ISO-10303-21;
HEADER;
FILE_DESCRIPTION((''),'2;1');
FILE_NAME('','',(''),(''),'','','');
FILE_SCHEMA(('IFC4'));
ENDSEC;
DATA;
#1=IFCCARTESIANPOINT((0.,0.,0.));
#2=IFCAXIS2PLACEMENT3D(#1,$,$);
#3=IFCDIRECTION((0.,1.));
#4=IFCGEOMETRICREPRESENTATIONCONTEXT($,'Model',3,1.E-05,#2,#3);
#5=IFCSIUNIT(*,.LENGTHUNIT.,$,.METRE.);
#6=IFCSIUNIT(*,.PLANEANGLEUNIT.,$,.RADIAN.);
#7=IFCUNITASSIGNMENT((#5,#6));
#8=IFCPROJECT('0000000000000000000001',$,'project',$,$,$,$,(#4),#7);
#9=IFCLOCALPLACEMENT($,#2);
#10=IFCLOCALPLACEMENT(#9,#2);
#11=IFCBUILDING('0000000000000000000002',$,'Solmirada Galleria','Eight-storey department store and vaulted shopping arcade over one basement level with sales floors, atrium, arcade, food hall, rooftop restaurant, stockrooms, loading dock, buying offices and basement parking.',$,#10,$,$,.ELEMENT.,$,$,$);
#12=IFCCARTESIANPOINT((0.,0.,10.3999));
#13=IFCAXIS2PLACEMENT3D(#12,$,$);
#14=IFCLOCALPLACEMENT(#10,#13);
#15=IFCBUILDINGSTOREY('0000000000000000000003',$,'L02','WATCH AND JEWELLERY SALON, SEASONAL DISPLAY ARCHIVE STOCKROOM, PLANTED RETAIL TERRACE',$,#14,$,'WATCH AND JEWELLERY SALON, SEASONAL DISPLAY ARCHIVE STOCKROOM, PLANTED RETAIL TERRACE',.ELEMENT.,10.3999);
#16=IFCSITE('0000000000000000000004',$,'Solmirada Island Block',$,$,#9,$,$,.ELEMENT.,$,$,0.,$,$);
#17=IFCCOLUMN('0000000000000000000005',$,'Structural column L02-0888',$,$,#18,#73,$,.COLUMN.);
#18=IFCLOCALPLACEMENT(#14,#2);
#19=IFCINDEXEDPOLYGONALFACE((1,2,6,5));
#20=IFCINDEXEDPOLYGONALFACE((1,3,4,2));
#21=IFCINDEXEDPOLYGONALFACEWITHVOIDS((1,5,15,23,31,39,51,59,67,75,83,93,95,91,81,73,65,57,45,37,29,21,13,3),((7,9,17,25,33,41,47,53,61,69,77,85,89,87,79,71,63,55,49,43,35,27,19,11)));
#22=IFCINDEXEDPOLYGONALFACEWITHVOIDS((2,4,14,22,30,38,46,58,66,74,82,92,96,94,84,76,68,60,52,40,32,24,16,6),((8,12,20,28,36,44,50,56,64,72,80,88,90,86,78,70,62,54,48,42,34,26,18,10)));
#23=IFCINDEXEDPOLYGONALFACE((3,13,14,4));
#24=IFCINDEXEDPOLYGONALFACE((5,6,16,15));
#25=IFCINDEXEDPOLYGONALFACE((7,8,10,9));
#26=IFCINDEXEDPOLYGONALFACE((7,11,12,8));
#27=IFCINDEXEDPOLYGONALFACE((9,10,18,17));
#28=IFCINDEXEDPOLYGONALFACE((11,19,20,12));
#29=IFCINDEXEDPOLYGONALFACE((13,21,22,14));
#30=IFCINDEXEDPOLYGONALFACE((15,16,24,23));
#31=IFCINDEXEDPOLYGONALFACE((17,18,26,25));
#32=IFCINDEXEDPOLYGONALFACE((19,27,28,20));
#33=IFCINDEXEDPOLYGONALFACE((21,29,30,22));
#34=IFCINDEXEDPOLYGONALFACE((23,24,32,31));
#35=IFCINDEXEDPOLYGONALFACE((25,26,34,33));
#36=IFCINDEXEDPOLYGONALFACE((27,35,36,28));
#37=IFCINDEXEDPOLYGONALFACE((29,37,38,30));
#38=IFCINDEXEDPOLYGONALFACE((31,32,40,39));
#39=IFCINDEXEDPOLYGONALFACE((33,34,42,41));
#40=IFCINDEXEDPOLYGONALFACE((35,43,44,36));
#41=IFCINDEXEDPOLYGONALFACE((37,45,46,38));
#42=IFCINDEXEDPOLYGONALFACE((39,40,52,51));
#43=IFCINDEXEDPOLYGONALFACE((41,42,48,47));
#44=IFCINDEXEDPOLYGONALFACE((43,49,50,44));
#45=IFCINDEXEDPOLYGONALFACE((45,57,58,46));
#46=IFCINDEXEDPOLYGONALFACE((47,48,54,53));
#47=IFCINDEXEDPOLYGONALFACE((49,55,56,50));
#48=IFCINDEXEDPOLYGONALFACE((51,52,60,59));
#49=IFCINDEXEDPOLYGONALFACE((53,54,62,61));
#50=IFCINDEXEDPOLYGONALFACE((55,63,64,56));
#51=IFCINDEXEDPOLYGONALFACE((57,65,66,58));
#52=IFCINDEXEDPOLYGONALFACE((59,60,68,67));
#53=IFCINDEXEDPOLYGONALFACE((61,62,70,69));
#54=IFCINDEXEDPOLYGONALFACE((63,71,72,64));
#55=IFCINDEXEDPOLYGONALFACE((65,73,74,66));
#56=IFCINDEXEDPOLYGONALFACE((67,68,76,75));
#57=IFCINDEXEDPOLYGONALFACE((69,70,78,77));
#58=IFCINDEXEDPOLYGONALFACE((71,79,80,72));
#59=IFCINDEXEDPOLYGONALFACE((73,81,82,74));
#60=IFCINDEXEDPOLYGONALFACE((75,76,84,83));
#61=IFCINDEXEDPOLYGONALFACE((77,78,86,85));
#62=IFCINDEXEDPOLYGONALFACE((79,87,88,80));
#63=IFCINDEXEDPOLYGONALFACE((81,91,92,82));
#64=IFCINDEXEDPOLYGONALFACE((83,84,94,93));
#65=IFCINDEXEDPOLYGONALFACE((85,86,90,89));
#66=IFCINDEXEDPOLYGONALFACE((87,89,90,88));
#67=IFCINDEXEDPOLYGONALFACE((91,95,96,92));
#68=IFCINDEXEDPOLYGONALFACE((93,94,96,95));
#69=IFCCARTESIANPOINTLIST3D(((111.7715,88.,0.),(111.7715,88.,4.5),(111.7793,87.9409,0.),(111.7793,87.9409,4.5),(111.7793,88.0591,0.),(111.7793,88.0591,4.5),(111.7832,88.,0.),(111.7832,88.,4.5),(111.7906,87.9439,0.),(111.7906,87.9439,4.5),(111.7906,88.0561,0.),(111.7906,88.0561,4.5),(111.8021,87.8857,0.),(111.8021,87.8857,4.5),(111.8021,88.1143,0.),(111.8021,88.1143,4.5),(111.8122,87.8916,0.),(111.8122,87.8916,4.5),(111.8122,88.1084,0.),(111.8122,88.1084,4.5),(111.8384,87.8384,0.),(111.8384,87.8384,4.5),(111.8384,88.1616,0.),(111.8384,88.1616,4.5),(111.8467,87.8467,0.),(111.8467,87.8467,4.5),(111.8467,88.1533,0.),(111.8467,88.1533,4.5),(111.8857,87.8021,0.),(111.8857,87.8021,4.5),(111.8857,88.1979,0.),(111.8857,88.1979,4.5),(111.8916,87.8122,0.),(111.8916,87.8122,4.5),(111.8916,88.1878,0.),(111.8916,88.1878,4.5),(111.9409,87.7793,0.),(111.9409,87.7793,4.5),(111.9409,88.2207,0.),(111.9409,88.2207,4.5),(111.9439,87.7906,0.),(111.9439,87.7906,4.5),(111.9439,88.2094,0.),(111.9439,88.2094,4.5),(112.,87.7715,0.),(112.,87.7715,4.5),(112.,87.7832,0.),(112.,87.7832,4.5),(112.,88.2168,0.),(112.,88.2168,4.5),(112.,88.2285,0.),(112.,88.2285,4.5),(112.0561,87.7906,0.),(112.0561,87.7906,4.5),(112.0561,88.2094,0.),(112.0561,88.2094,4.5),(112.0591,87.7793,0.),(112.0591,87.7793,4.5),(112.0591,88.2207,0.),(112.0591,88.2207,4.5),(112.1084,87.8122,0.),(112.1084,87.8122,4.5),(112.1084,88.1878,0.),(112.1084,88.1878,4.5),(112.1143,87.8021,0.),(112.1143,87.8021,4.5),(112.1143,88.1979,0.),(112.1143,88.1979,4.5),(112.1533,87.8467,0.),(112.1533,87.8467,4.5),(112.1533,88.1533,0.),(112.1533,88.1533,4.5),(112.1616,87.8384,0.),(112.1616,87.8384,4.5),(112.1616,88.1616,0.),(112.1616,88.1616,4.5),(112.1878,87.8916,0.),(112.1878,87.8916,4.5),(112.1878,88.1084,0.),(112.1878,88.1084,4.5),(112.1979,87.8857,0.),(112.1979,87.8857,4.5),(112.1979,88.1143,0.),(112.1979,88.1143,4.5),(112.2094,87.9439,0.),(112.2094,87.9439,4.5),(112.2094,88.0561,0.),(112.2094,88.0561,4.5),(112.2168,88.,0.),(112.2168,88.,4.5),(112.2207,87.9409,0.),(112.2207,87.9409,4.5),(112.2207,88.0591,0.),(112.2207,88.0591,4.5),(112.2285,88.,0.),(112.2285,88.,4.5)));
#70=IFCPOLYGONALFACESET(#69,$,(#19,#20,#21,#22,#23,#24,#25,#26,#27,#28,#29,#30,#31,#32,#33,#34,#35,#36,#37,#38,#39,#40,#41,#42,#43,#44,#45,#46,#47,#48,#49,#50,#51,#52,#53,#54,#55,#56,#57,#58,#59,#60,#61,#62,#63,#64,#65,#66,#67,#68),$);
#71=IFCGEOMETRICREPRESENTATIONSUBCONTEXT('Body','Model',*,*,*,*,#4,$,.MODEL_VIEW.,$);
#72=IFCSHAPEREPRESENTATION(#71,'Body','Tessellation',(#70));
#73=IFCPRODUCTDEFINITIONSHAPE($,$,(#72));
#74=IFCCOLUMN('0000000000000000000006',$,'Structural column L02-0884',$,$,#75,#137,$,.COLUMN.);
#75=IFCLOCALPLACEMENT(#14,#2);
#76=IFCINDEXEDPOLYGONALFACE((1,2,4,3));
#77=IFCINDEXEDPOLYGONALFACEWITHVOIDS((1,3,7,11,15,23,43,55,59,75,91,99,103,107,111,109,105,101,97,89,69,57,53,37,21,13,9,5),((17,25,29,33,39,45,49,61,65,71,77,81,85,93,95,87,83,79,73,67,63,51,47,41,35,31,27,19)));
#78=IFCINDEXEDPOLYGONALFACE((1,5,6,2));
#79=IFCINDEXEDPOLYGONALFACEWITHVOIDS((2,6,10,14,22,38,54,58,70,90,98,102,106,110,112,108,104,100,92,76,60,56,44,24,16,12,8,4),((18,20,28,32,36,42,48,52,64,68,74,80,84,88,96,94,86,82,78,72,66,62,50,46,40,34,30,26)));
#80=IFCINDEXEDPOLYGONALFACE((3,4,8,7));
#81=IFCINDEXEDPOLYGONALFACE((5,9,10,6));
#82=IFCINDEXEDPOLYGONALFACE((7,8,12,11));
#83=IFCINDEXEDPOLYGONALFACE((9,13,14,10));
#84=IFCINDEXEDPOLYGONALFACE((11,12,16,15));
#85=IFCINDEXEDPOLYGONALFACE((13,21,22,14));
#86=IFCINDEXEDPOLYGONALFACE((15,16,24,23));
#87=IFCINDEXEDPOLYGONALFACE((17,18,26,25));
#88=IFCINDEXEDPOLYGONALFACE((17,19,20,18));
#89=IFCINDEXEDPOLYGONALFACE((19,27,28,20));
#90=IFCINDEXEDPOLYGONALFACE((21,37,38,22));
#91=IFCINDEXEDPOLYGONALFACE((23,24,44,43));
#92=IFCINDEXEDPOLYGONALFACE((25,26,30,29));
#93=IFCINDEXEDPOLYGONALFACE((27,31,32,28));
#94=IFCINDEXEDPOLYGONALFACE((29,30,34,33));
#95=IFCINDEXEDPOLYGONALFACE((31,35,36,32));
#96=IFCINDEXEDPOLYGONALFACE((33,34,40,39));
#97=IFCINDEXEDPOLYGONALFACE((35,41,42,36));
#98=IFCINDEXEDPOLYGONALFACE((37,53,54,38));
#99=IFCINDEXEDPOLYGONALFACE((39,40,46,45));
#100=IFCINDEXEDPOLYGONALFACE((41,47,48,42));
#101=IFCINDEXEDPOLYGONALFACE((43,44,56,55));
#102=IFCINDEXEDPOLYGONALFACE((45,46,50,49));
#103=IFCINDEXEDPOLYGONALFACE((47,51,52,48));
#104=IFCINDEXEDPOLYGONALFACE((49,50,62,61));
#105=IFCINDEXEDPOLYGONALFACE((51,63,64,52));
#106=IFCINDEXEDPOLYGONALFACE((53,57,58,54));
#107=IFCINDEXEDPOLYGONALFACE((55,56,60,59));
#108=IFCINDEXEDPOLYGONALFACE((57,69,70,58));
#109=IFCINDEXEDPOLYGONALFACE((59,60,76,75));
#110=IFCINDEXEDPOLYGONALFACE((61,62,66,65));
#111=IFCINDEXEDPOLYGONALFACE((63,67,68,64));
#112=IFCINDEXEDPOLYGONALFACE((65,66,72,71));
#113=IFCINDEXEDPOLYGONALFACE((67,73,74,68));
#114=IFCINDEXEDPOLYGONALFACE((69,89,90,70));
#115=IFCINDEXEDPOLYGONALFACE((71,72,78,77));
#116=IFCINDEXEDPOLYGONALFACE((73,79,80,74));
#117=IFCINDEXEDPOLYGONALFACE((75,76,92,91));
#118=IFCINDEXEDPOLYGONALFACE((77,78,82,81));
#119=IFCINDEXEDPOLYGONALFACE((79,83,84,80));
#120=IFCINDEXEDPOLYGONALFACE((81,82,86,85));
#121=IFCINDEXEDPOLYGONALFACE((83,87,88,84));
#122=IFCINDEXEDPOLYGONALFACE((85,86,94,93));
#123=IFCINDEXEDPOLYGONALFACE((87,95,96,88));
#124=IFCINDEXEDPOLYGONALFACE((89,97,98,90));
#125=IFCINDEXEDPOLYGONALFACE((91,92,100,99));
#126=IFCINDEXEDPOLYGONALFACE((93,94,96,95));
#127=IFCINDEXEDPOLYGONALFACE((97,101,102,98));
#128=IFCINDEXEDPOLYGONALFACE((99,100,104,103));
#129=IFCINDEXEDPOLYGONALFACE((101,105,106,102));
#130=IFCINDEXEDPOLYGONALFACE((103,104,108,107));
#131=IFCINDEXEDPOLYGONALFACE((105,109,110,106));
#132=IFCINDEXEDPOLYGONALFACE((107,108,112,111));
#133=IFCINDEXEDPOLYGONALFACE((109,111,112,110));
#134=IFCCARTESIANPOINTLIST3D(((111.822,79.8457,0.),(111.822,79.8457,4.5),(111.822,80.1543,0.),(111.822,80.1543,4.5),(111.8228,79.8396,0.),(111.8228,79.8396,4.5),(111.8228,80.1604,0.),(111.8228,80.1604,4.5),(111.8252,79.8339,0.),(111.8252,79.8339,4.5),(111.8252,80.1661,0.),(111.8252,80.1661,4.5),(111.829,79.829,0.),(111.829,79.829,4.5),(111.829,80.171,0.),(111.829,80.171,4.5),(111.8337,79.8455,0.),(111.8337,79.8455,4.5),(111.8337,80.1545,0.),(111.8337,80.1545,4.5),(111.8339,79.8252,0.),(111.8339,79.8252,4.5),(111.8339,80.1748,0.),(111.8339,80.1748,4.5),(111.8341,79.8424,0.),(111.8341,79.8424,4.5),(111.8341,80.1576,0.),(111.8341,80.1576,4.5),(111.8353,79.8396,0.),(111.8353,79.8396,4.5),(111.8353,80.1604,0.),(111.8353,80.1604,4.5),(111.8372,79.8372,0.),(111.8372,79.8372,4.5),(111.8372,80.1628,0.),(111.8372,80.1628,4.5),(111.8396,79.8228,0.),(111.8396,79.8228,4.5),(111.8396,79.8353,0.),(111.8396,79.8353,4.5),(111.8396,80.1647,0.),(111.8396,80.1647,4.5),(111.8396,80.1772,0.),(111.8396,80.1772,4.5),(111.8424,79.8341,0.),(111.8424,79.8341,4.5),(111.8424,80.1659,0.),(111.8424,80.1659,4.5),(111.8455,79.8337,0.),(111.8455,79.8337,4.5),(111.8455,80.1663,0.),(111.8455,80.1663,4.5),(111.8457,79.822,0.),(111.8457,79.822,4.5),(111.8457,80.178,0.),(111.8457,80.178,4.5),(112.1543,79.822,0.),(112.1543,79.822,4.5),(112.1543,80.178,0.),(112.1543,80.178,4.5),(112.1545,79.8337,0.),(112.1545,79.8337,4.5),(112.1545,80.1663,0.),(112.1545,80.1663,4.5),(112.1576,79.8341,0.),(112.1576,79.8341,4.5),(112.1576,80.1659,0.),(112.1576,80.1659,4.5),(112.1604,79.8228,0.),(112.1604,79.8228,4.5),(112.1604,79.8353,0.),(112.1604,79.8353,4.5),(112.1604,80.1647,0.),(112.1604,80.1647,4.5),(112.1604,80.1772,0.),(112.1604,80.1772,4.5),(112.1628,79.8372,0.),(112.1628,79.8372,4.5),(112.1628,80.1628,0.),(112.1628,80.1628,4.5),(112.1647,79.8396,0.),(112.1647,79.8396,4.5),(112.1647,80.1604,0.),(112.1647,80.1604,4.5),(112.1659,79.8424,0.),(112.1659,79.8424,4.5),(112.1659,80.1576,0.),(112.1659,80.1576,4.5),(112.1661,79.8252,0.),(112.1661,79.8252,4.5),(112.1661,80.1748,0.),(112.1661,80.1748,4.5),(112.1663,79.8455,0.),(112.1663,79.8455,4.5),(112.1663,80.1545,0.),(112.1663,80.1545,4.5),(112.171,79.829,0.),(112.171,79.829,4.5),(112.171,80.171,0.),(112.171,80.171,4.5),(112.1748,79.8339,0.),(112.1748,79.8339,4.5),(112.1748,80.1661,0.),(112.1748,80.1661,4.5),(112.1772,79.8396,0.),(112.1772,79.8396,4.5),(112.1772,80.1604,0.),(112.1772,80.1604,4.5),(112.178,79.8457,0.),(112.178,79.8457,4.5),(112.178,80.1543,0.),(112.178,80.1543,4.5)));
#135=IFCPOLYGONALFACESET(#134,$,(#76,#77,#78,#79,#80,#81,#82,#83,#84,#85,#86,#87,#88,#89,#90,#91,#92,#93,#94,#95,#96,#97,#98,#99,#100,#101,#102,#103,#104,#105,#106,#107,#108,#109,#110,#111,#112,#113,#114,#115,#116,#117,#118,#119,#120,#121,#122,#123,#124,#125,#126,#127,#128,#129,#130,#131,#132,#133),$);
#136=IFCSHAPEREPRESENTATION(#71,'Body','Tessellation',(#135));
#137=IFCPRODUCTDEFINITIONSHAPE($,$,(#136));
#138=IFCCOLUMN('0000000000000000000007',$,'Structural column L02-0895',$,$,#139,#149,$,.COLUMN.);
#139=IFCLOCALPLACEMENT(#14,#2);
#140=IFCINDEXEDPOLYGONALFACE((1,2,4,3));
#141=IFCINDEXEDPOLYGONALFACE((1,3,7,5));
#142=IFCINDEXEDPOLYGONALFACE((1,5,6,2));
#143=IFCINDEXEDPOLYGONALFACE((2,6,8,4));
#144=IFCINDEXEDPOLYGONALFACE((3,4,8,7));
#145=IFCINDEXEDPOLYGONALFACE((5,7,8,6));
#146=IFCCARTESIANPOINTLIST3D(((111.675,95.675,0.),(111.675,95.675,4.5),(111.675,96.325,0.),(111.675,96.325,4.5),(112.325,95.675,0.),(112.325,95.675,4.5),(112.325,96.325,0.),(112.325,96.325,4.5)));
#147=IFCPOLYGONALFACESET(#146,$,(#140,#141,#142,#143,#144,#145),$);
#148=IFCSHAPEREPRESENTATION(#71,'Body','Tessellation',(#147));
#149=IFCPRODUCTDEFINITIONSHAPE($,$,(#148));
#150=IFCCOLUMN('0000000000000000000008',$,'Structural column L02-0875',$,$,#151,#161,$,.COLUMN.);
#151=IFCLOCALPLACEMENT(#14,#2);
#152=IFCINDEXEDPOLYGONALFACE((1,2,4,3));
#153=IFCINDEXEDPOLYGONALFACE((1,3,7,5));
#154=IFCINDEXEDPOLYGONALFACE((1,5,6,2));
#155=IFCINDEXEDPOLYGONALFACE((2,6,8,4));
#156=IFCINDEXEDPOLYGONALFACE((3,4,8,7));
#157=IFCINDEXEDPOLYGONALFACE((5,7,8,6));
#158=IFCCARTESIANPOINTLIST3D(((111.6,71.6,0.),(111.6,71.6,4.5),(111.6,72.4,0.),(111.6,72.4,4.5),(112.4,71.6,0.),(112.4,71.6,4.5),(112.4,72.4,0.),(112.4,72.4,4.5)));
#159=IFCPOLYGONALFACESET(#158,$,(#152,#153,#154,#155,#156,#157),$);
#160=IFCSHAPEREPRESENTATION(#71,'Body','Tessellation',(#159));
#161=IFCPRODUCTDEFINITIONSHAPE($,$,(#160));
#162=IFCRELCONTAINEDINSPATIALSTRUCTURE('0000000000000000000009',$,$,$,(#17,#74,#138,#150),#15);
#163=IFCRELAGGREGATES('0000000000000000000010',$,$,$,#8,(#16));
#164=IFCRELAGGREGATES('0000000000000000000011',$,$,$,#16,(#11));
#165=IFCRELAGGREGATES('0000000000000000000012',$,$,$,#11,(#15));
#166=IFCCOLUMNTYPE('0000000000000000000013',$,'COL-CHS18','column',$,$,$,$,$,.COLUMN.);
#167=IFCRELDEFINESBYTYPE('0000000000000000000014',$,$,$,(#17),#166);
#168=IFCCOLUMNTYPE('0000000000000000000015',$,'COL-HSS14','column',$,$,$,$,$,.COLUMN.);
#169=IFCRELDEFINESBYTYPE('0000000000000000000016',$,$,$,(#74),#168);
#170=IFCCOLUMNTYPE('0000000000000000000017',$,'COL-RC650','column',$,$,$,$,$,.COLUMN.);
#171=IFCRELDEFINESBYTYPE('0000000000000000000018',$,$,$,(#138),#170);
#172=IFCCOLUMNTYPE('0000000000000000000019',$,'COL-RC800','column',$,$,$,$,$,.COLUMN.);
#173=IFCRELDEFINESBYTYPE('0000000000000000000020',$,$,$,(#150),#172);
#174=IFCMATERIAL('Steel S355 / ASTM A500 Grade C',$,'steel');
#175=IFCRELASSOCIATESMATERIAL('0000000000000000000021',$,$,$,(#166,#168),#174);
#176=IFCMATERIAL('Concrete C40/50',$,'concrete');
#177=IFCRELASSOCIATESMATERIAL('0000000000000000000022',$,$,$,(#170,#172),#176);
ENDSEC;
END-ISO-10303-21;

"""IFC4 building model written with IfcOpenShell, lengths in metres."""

from ifc_helpers import new_model, si_unit, direction, frame, origin, origin_2d, place, context, subcontext, project, spatial, rectangle, hollow_rectangle, hollow_circle, extrude, material, material_profile, profile_set, type_object, element, save


model = new_model("IFC4")

# Units and contexts
model_context = context("Model", 3, precision=1e-05, world=origin(), true_north=direction((0.0, 1.0)))
body_context = subcontext(model_context, "Body", "Model", "MODEL_VIEW")
ifc_project = project(units=[si_unit("LENGTHUNIT", "METRE"), si_unit("PLANEANGLEUNIT", "RADIAN")], contexts=[model_context])

# Site, building, storey
site_placement = place(None, origin())
site = spatial("IfcSite", under=ifc_project, at=site_placement, Name="Solmirada Island Block", CompositionType="ELEMENT", RefElevation=0.0)
building_placement = place(site_placement, origin())
building = spatial("IfcBuilding", under=site, at=building_placement, Name="Solmirada Galleria", Description="Eight-storey department store and vaulted shopping arcade over one basement level with sales floors, atrium, arcade, food hall, rooftop restaurant, stockrooms, loading dock, buying offices and basement parking.", CompositionType="ELEMENT")
storey_placement = place(building_placement, frame((0.0, 0.0, 10.3999)))
storey = spatial("IfcBuildingStorey", under=building, at=storey_placement, Name="L02", Description="WATCH AND JEWELLERY SALON, SEASONAL DISPLAY ARCHIVE STOCKROOM, PLANTED RETAIL TERRACE", LongName="WATCH AND JEWELLERY SALON, SEASONAL DISPLAY ARCHIVE STOCKROOM, PLANTED RETAIL TERRACE", CompositionType="ELEMENT", Elevation=10.3999)

# Columns
ifc_material_1 = material(Name="Steel S355 / ASTM A500 Grade C", Category="steel")
ifc_material_profile_1 = material_profile(ifc_material_1, hollow_circle(Radius=0.2285, WallThickness=0.0117, at=origin_2d()), Name="HSS18.000X0.500")
ifc_profile_set_1 = profile_set([ifc_material_profile_1], Name="Steel S355 / ASTM A500 Grade C")
column_type_1 = type_object("IfcColumnType", Name="COL-CHS18", Description="column", PredefinedType="COLUMN", material=ifc_profile_set_1)
column_1_placement = place(storey_placement, frame((112.0, 88.0, 0.0), z_axis=(0.0, 0.0, 1.0), x_axis=(1.0, 0.0, 0.0)))
element("IfcColumn", 1, at=column_1_placement, inside=storey, type_object=column_type_1, Name="Structural column L02-0888", PredefinedType="COLUMN", context=body_context, shape_type="SweptSolid", body=[
    extrude(hollow_circle(Radius=0.2285, WallThickness=0.0117, at=origin_2d()), origin(), (0.0, 0.0, 1.0), 4.5),
])
ifc_material_profile_2 = material_profile(ifc_material_1, hollow_rectangle(XDim=0.356, YDim=0.356, WallThickness=0.0117, InnerFilletRadius=0.0117, OuterFilletRadius=0.0237, at=origin_2d()), Name="HSS14X14X1/2")
ifc_profile_set_2 = profile_set([ifc_material_profile_2], Name="Steel S355 / ASTM A500 Grade C")
column_type_2 = type_object("IfcColumnType", Name="COL-HSS14", Description="column", PredefinedType="COLUMN", material=ifc_profile_set_2)
column_2_placement = place(storey_placement, frame((112.0, 80.0, 0.0), z_axis=(0.0, 0.0, 1.0), x_axis=(1.0, 0.0, 0.0)))
element("IfcColumn", 2, at=column_2_placement, inside=storey, type_object=column_type_2, Name="Structural column L02-0884", PredefinedType="COLUMN", context=body_context, shape_type="SweptSolid", body=[
    extrude(hollow_rectangle(XDim=0.356, YDim=0.356, WallThickness=0.0117, InnerFilletRadius=0.0117, OuterFilletRadius=0.0237, at=origin_2d()), origin(), (0.0, 0.0, 1.0), 4.5),
])
ifc_material_2 = material(Name="Concrete C40/50", Category="concrete")
ifc_material_profile_3 = material_profile(ifc_material_2, rectangle(XDim=0.6499, YDim=0.6499, at=origin_2d()), Name="RC650X650")
ifc_profile_set_3 = profile_set([ifc_material_profile_3], Name="Concrete C40/50")
column_type_3 = type_object("IfcColumnType", Name="COL-RC650", Description="column", PredefinedType="COLUMN", material=ifc_profile_set_3)
column_3_placement = place(storey_placement, frame((112.0, 96.0, 0.0), z_axis=(0.0, 0.0, 1.0), x_axis=(1.0, 0.0, 0.0)))
element("IfcColumn", 3, at=column_3_placement, inside=storey, type_object=column_type_3, Name="Structural column L02-0895", PredefinedType="COLUMN", context=body_context, shape_type="SweptSolid", body=[
    extrude(rectangle(XDim=0.6499, YDim=0.6499, at=origin_2d()), origin(), (0.0, 0.0, 1.0), 4.5),
])
ifc_material_profile_4 = material_profile(ifc_material_2, rectangle(XDim=0.8, YDim=0.8, at=origin_2d()), Name="RC800X800")
ifc_profile_set_4 = profile_set([ifc_material_profile_4], Name="Concrete C40/50")
column_type_4 = type_object("IfcColumnType", Name="COL-RC800", Description="column", PredefinedType="COLUMN", material=ifc_profile_set_4)
column_4_placement = place(storey_placement, frame((112.0, 72.0, 0.0), z_axis=(0.0, 0.0, 1.0), x_axis=(1.0, 0.0, 0.0)))
element("IfcColumn", 4, at=column_4_placement, inside=storey, type_object=column_type_4, Name="Structural column L02-0875", PredefinedType="COLUMN", context=body_context, shape_type="SweptSolid", body=[
    extrude(rectangle(XDim=0.8, YDim=0.8, at=origin_2d()), origin(), (0.0, 0.0, 1.0), 4.5),
])

save(model, "model.ifc")
